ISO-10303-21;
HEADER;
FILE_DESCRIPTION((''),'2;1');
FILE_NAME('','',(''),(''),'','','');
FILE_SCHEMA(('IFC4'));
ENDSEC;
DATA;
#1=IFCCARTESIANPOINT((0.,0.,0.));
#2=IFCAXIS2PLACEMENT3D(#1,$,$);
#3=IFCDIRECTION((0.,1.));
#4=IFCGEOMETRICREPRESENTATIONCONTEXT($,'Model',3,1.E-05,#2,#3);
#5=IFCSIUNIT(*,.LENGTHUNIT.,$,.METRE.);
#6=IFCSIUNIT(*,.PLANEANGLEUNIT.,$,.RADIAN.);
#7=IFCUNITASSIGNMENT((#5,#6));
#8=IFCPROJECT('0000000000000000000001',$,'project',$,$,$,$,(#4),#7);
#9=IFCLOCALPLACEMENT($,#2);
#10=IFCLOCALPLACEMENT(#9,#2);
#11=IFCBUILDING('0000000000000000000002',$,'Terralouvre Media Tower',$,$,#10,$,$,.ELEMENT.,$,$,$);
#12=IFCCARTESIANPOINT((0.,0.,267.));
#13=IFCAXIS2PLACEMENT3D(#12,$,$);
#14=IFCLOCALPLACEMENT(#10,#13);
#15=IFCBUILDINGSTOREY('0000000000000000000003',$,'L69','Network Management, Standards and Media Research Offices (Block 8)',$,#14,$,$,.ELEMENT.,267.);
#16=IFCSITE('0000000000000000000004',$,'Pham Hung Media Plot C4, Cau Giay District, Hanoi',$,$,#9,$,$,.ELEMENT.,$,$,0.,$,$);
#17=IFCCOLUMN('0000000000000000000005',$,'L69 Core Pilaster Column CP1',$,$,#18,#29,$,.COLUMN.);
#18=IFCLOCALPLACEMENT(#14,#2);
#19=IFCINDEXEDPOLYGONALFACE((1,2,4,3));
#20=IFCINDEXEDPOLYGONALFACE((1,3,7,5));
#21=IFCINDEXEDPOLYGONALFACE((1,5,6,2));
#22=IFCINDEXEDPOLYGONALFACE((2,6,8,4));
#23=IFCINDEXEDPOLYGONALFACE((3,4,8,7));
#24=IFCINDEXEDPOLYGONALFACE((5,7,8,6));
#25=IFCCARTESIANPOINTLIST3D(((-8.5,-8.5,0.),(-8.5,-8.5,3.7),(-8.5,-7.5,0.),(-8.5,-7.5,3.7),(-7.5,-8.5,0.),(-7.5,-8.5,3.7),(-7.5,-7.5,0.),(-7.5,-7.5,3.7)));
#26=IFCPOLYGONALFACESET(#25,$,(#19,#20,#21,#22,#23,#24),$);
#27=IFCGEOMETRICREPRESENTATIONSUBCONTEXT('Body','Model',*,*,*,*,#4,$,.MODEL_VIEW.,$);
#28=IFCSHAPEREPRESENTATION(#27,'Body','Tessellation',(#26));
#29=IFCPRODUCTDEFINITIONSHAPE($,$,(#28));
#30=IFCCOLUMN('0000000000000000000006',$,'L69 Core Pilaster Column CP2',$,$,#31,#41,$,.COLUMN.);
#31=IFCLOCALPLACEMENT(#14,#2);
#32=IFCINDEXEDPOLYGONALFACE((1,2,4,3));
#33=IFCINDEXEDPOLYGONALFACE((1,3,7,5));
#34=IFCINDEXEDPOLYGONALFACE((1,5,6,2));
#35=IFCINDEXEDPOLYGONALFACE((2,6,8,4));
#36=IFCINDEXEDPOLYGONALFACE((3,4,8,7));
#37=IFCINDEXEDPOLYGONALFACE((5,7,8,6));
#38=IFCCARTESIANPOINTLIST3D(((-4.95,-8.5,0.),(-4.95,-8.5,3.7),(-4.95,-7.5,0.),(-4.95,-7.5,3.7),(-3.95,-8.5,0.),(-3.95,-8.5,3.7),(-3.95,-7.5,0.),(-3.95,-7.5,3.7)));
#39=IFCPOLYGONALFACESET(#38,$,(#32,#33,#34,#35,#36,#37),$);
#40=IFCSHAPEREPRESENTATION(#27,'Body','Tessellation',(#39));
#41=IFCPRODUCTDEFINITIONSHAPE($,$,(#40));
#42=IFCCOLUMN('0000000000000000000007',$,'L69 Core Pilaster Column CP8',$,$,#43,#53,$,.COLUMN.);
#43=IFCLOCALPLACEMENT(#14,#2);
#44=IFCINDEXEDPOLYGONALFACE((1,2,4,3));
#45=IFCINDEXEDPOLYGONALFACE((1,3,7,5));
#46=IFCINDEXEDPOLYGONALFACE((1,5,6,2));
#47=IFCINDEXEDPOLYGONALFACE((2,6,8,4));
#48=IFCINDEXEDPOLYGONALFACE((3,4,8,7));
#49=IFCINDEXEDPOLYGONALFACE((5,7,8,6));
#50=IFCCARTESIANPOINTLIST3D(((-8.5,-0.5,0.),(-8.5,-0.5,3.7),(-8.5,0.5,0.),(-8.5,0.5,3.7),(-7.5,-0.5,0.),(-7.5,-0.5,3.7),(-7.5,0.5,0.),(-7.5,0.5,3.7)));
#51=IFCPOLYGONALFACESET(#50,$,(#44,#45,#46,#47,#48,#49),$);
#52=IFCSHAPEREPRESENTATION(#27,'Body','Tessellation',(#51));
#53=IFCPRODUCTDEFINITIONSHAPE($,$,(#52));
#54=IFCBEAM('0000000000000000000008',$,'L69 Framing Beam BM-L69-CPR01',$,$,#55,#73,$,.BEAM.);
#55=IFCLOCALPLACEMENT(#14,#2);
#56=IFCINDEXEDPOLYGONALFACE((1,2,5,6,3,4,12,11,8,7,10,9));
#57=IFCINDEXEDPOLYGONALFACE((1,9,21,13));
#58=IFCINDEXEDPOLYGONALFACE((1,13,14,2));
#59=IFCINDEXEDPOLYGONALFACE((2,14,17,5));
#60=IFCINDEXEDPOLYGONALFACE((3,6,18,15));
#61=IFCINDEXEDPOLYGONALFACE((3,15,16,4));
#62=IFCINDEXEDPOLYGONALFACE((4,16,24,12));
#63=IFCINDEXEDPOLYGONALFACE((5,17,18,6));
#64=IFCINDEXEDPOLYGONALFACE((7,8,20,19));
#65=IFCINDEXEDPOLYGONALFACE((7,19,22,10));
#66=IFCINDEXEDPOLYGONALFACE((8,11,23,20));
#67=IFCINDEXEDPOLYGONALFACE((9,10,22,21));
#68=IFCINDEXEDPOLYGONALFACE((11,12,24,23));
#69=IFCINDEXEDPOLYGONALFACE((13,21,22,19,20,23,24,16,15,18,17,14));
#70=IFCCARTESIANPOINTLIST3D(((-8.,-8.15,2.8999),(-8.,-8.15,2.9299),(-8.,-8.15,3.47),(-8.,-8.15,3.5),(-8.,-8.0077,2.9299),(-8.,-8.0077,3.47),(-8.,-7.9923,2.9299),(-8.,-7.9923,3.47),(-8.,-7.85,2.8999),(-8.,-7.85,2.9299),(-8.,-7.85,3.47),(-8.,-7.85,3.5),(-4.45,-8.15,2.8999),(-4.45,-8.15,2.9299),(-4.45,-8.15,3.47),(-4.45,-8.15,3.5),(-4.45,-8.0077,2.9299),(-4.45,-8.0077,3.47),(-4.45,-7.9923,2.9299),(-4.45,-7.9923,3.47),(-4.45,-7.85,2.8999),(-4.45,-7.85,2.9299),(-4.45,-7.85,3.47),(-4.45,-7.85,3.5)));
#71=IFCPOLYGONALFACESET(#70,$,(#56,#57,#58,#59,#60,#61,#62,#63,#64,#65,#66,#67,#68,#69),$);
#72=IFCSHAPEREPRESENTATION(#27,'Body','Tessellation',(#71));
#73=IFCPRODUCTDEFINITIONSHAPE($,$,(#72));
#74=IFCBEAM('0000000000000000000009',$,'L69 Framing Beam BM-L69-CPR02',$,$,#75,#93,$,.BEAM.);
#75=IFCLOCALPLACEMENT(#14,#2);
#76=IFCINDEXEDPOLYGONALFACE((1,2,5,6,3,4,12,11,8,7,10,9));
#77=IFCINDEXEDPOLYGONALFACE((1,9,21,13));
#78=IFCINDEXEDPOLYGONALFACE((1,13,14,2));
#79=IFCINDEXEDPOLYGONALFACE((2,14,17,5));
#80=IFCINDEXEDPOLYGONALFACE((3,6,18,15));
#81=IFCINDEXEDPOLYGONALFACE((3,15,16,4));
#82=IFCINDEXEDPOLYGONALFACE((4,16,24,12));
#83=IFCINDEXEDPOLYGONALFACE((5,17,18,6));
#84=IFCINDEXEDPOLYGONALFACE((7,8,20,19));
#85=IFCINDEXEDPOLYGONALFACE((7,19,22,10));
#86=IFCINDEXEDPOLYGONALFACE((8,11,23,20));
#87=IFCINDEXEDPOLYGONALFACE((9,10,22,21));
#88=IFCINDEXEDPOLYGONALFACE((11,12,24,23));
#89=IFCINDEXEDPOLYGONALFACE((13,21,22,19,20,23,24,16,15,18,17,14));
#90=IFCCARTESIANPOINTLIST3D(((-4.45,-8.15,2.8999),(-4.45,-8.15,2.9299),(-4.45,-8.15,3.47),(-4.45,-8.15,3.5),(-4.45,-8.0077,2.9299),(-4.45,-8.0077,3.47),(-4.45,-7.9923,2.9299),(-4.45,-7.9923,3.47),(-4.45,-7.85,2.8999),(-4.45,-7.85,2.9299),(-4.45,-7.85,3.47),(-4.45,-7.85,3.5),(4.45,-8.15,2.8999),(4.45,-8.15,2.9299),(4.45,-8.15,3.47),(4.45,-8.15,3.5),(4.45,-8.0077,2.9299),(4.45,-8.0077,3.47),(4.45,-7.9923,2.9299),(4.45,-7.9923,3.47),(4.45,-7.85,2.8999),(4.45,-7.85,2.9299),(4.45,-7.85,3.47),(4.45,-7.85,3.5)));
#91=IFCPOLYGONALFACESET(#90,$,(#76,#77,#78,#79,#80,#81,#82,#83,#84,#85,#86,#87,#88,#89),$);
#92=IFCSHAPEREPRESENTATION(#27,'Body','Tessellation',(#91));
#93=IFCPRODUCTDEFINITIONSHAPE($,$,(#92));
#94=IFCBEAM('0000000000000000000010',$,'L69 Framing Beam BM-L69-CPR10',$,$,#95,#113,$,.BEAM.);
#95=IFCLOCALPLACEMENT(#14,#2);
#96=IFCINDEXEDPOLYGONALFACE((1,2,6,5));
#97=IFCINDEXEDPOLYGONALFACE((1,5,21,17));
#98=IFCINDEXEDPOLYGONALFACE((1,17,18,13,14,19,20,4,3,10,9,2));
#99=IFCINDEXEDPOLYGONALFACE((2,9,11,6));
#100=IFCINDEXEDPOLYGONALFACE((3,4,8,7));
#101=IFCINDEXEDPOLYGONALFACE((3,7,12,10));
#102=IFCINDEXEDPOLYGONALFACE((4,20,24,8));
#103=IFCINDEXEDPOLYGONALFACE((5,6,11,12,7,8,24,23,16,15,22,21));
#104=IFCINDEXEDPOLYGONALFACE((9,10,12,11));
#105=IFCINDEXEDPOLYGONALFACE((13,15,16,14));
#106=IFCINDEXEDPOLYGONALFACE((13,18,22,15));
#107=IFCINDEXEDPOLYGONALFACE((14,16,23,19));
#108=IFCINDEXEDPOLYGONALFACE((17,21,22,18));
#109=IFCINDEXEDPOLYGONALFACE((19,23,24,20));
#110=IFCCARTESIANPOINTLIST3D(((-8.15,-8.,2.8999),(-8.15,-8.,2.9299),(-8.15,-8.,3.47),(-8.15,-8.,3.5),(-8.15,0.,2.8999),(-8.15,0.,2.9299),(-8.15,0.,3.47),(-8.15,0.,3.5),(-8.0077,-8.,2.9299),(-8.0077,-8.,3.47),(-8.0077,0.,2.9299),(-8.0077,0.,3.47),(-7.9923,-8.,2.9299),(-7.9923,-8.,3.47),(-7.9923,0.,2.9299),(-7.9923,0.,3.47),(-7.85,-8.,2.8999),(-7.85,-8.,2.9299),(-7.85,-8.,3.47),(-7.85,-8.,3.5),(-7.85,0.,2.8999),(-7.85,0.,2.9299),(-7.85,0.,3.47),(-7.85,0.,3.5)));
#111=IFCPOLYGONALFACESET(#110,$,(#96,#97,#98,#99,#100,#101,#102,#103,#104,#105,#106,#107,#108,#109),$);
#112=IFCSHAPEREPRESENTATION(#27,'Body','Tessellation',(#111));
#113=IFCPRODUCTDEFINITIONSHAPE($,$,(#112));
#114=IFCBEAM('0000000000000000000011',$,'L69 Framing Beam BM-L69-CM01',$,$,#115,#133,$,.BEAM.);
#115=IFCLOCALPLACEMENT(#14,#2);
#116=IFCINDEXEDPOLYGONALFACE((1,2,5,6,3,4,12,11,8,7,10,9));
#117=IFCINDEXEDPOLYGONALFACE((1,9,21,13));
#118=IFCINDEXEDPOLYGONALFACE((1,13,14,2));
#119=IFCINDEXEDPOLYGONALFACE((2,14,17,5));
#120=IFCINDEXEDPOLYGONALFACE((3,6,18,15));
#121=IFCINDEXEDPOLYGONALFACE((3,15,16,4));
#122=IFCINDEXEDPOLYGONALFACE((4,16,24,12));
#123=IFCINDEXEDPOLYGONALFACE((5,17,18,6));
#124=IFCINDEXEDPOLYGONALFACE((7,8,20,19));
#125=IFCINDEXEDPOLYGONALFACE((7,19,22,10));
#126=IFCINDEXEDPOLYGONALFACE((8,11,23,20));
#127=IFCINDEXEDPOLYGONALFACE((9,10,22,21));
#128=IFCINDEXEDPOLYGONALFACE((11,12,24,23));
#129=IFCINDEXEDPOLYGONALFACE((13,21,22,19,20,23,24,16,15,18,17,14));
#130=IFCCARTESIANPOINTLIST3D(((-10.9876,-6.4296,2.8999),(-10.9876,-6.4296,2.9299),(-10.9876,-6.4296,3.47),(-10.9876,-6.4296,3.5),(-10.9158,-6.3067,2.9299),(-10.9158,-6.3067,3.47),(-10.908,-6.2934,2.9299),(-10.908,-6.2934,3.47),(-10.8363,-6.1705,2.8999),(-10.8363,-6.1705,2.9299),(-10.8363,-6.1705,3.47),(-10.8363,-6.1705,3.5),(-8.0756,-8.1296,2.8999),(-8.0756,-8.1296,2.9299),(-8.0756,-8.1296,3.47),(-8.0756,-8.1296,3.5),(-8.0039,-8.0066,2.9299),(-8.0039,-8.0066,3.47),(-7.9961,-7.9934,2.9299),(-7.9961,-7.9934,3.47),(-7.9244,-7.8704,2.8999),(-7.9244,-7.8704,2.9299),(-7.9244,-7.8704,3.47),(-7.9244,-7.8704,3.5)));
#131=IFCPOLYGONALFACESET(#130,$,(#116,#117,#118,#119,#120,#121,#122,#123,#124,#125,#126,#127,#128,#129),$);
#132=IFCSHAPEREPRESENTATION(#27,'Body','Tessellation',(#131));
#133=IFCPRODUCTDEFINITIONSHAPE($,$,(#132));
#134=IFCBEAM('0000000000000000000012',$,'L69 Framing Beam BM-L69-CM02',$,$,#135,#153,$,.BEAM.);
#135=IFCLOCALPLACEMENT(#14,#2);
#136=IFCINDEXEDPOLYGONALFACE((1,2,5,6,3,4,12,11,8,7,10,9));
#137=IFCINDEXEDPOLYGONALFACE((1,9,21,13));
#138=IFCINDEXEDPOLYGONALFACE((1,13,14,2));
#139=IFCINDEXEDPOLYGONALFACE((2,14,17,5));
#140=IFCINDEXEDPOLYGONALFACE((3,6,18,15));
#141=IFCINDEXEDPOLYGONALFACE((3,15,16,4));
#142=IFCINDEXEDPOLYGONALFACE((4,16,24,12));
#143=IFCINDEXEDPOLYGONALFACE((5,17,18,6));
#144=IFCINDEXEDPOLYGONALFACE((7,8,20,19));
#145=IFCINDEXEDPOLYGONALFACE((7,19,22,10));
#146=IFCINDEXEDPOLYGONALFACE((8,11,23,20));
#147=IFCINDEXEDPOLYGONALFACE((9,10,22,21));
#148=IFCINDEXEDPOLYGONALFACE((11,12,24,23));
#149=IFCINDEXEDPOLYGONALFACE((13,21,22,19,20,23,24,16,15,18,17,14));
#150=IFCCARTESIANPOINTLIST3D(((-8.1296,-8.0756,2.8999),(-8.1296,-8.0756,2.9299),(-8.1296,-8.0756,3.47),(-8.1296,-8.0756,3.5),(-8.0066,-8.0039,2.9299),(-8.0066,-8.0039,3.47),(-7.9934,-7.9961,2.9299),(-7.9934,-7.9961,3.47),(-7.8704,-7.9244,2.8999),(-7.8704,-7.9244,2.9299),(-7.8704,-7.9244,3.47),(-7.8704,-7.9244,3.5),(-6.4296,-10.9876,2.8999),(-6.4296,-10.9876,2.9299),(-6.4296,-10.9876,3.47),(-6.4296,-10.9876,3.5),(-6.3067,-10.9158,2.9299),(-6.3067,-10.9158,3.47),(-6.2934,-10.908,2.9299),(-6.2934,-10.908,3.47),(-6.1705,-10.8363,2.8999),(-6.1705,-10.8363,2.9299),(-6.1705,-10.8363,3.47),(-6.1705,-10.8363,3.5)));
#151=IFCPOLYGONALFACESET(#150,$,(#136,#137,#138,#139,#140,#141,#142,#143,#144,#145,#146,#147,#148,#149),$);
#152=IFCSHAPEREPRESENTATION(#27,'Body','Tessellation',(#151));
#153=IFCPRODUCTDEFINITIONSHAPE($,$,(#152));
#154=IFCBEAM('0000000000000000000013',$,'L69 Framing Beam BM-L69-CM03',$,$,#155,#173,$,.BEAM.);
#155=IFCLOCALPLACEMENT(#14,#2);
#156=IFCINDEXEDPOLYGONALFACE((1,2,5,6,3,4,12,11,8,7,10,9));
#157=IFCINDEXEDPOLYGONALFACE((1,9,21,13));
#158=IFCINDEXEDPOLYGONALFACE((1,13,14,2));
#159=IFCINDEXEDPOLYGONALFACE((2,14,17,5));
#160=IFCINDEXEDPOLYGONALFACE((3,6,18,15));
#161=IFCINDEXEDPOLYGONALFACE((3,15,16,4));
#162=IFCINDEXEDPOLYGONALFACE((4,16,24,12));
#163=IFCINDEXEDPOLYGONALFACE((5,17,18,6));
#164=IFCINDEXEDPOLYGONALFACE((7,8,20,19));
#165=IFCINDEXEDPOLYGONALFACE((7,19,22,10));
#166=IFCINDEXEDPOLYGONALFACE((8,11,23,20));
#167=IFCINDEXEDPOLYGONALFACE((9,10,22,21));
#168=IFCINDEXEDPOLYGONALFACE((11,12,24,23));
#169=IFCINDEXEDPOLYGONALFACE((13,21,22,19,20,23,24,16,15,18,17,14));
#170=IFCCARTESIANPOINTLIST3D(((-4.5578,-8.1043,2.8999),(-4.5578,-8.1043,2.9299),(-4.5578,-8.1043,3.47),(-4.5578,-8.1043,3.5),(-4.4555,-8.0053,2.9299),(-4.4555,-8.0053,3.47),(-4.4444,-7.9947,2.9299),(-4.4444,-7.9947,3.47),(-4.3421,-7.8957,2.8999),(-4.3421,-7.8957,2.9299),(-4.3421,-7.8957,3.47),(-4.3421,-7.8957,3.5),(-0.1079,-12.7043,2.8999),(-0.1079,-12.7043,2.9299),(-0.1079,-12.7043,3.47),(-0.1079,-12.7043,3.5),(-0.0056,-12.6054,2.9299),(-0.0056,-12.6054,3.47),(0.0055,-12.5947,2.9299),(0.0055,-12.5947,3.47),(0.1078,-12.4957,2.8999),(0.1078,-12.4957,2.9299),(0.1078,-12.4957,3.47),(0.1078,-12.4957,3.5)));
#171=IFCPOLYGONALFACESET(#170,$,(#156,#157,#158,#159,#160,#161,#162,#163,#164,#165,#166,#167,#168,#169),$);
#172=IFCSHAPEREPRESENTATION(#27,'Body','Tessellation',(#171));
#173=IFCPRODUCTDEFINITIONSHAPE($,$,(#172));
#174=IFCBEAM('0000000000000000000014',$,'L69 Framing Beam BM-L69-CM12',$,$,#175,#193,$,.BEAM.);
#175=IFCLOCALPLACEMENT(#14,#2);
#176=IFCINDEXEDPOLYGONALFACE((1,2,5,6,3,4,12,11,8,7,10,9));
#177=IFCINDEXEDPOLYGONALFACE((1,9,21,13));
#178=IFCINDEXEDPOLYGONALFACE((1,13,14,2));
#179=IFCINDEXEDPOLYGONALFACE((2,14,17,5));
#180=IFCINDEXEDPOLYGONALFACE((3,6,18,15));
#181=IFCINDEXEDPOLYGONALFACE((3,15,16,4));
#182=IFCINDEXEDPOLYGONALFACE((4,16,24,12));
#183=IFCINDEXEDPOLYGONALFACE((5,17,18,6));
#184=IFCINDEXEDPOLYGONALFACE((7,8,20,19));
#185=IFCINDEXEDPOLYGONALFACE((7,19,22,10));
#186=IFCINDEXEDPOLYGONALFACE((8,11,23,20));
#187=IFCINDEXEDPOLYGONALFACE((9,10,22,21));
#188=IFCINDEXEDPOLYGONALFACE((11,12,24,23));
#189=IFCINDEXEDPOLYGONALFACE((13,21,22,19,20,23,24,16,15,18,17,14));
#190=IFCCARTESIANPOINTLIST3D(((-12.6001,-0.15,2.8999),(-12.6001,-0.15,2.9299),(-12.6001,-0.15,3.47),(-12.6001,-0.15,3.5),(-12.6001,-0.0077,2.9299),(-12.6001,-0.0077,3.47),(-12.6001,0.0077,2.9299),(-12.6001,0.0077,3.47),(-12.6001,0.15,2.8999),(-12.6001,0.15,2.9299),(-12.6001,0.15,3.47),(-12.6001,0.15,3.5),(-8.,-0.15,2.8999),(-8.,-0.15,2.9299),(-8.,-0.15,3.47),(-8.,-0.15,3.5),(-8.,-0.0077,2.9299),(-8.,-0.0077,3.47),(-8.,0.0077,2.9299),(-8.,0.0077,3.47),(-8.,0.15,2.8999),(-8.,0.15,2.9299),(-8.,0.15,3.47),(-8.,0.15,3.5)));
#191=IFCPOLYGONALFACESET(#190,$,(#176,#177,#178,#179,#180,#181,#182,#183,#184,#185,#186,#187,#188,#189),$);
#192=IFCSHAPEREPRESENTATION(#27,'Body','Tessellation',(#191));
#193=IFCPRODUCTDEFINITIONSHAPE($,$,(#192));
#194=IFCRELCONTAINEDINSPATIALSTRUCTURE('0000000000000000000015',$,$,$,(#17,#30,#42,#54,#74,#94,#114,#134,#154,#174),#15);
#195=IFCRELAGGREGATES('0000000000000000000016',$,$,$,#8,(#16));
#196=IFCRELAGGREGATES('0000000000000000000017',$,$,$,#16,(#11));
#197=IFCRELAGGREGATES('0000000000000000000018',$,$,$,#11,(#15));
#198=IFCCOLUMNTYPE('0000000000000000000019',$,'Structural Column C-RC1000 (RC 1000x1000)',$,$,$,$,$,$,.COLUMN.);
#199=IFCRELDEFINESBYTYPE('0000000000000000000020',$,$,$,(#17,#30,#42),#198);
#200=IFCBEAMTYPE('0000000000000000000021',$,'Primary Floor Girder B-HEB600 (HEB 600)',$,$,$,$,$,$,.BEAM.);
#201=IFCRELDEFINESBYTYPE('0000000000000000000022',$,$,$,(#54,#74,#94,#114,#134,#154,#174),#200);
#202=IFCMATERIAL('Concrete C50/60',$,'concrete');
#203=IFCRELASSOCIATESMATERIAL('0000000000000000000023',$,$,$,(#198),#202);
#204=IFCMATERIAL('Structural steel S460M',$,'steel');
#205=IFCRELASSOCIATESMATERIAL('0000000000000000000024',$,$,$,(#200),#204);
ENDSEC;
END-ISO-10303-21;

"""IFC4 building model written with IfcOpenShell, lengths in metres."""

from ifc_helpers import new_model, si_unit, direction, frame, origin, origin_2d, place, context, subcontext, project, spatial, rectangle, i_section, extrude, material, material_profile, profile_set, type_object, element, save


model = new_model("IFC4")

# Units and contexts
model_context = context("Model", 3, precision=1e-05, world=origin(), true_north=direction((0.0, 1.0)))
body_context = subcontext(model_context, "Body", "Model", "MODEL_VIEW")
ifc_project = project(units=[si_unit("LENGTHUNIT", "METRE"), si_unit("PLANEANGLEUNIT", "RADIAN")], contexts=[model_context])

# Site, building, storey
site_placement = place(None, origin())
site = spatial("IfcSite", under=ifc_project, at=site_placement, Name="Pham Hung Media Plot C4, Cau Giay District, Hanoi", CompositionType="ELEMENT", RefElevation=0.0)
building_placement = place(site_placement, origin())
building = spatial("IfcBuilding", under=site, at=building_placement, Name="Terralouvre Media Tower", CompositionType="ELEMENT")
storey_placement = place(building_placement, frame((0.0, 0.0, 267.0)))
storey = spatial("IfcBuildingStorey", under=building, at=storey_placement, Name="L69", Description="Network Management, Standards and Media Research Offices (Block 8)", CompositionType="ELEMENT", Elevation=267.0)

# Columns
ifc_material_1 = material(Name="Concrete C50/60", Category="concrete")
ifc_material_profile_1 = material_profile(ifc_material_1, rectangle(XDim=1.0, YDim=1.0, at=origin_2d()), Name="RC 1000x1000")
ifc_profile_set_1 = profile_set([ifc_material_profile_1], Name="Concrete C50/60")
column_type = type_object("IfcColumnType", Name="Structural Column C-RC1000 (RC 1000x1000)", PredefinedType="COLUMN", material=ifc_profile_set_1)
for number, where, z_axis, x_axis, name in (
    (1, (-8.0, -8.0, 0.0), (0.0, 0.0, 1.0), (1.0, 0.0, 0.0), "L69 Core Pilaster Column CP1"),
    (2, (-4.45, -8.0, 0.0), (0.0, 0.0, 1.0), (1.0, 0.0, 0.0), "L69 Core Pilaster Column CP2"),
    (3, (-8.0, 0.0, 0.0), (0.0, 0.0, 1.0), (1.0, 0.0, 0.0), "L69 Core Pilaster Column CP8"),
):
    element("IfcColumn", number, at=place(storey_placement, frame(where, z_axis=z_axis, x_axis=x_axis)), inside=storey, type_object=column_type, Name=name, PredefinedType="COLUMN", context=body_context, shape_type="SweptSolid", body=[
        extrude(rectangle(XDim=1.0, YDim=1.0, at=origin_2d()), origin(), (0.0, 0.0, 1.0), 3.7),
    ])

# Beams
ifc_material_2 = material(Name="Structural steel S460M", Category="steel")
ifc_material_profile_2 = material_profile(ifc_material_2, i_section(OverallWidth=0.3, OverallDepth=0.6001, WebThickness=0.0154, FlangeThickness=0.03, at=origin_2d()), Name="HEB 600")
ifc_profile_set_2 = profile_set([ifc_material_profile_2], Name="Structural steel S460M")
beam_type = type_object("IfcBeamType", Name="Primary Floor Girder B-HEB600 (HEB 600)", PredefinedType="BEAM", material=ifc_profile_set_2)
beam_1_placement = place(storey_placement, frame((-8.0, -8.0, 3.2), z_axis=(1.0, 0.0, 0.0), x_axis=(0.0, 1.0, 0.0)))
element("IfcBeam", 4, at=beam_1_placement, inside=storey, type_object=beam_type, Name="L69 Framing Beam BM-L69-CPR01", PredefinedType="BEAM", context=body_context, shape_type="SweptSolid", body=[
    extrude(i_section(OverallWidth=0.3, OverallDepth=0.6001, WebThickness=0.0154, FlangeThickness=0.03, at=origin_2d()), origin(), (0.0, 0.0, 1.0), 3.55),
])
beam_2_placement = place(storey_placement, frame((-4.45, -8.0, 3.2), z_axis=(1.0, 0.0, 0.0), x_axis=(0.0, 1.0, 0.0)))
element("IfcBeam", 5, at=beam_2_placement, inside=storey, type_object=beam_type, Name="L69 Framing Beam BM-L69-CPR02", PredefinedType="BEAM", context=body_context, shape_type="SweptSolid", body=[
    extrude(i_section(OverallWidth=0.3, OverallDepth=0.6001, WebThickness=0.0154, FlangeThickness=0.03, at=origin_2d()), origin(), (0.0, 0.0, 1.0), 8.8999),
])
beam_3_placement = place(storey_placement, frame((-8.0, 0.0, 3.2), z_axis=(0.0, -1.0, 0.0), x_axis=(1.0, 0.0, 0.0)))
element("IfcBeam", 6, at=beam_3_placement, inside=storey, type_object=beam_type, Name="L69 Framing Beam BM-L69-CPR10", PredefinedType="BEAM", context=body_context, shape_type="SweptSolid", body=[
    extrude(i_section(OverallWidth=0.3, OverallDepth=0.6001, WebThickness=0.0154, FlangeThickness=0.03, at=origin_2d()), origin(), (0.0, 0.0, 1.0), 8.0),
])
for number, where, z_axis, x_axis, name in (
    (7, (-8.0, -8.0, 3.2), (-0.863603, 0.504173, 0.0), (-0.504173, -0.863603, 0.0), "L69 Framing Beam BM-L69-CM01"),
    (8, (-8.0, -8.0, 3.2), (0.504173, -0.863603, 0.0), (0.863603, 0.504173, 0.0), "L69 Framing Beam BM-L69-CM02"),
):
    element("IfcBeam", number, at=place(storey_placement, frame(where, z_axis=z_axis, x_axis=x_axis)), inside=storey, type_object=beam_type, Name=name, PredefinedType="BEAM", context=body_context, shape_type="SweptSolid", body=[
        extrude(i_section(OverallWidth=0.3, OverallDepth=0.6001, WebThickness=0.0154, FlangeThickness=0.03, at=origin_2d()), origin(), (0.0, 0.0, 1.0), 3.3718),
    ])
beam_4_placement = place(storey_placement, frame((-4.45, -8.0, 3.2), z_axis=(0.69528, -0.718739, 0.0), x_axis=(0.718739, 0.69528, 0.0)))
element("IfcBeam", 9, at=beam_4_placement, inside=storey, type_object=beam_type, Name="L69 Framing Beam BM-L69-CM03", PredefinedType="BEAM", context=body_context, shape_type="SweptSolid", body=[
    extrude(i_section(OverallWidth=0.3, OverallDepth=0.6001, WebThickness=0.0154, FlangeThickness=0.03, at=origin_2d()), origin(), (0.0, 0.0, 1.0), 6.4001),
])
beam_5_placement = place(storey_placement, frame((-8.0, 0.0, 3.2), z_axis=(-1.0, 0.0, 0.0), x_axis=(0.0, -1.0, 0.0)))
element("IfcBeam", 10, at=beam_5_placement, inside=storey, type_object=beam_type, Name="L69 Framing Beam BM-L69-CM12", PredefinedType="BEAM", context=body_context, shape_type="SweptSolid", body=[
    extrude(i_section(OverallWidth=0.3, OverallDepth=0.6001, WebThickness=0.0154, FlangeThickness=0.03, at=origin_2d()), origin(), (0.0, 0.0, 1.0), 4.6001),
])

save(model, "model.ifc")
